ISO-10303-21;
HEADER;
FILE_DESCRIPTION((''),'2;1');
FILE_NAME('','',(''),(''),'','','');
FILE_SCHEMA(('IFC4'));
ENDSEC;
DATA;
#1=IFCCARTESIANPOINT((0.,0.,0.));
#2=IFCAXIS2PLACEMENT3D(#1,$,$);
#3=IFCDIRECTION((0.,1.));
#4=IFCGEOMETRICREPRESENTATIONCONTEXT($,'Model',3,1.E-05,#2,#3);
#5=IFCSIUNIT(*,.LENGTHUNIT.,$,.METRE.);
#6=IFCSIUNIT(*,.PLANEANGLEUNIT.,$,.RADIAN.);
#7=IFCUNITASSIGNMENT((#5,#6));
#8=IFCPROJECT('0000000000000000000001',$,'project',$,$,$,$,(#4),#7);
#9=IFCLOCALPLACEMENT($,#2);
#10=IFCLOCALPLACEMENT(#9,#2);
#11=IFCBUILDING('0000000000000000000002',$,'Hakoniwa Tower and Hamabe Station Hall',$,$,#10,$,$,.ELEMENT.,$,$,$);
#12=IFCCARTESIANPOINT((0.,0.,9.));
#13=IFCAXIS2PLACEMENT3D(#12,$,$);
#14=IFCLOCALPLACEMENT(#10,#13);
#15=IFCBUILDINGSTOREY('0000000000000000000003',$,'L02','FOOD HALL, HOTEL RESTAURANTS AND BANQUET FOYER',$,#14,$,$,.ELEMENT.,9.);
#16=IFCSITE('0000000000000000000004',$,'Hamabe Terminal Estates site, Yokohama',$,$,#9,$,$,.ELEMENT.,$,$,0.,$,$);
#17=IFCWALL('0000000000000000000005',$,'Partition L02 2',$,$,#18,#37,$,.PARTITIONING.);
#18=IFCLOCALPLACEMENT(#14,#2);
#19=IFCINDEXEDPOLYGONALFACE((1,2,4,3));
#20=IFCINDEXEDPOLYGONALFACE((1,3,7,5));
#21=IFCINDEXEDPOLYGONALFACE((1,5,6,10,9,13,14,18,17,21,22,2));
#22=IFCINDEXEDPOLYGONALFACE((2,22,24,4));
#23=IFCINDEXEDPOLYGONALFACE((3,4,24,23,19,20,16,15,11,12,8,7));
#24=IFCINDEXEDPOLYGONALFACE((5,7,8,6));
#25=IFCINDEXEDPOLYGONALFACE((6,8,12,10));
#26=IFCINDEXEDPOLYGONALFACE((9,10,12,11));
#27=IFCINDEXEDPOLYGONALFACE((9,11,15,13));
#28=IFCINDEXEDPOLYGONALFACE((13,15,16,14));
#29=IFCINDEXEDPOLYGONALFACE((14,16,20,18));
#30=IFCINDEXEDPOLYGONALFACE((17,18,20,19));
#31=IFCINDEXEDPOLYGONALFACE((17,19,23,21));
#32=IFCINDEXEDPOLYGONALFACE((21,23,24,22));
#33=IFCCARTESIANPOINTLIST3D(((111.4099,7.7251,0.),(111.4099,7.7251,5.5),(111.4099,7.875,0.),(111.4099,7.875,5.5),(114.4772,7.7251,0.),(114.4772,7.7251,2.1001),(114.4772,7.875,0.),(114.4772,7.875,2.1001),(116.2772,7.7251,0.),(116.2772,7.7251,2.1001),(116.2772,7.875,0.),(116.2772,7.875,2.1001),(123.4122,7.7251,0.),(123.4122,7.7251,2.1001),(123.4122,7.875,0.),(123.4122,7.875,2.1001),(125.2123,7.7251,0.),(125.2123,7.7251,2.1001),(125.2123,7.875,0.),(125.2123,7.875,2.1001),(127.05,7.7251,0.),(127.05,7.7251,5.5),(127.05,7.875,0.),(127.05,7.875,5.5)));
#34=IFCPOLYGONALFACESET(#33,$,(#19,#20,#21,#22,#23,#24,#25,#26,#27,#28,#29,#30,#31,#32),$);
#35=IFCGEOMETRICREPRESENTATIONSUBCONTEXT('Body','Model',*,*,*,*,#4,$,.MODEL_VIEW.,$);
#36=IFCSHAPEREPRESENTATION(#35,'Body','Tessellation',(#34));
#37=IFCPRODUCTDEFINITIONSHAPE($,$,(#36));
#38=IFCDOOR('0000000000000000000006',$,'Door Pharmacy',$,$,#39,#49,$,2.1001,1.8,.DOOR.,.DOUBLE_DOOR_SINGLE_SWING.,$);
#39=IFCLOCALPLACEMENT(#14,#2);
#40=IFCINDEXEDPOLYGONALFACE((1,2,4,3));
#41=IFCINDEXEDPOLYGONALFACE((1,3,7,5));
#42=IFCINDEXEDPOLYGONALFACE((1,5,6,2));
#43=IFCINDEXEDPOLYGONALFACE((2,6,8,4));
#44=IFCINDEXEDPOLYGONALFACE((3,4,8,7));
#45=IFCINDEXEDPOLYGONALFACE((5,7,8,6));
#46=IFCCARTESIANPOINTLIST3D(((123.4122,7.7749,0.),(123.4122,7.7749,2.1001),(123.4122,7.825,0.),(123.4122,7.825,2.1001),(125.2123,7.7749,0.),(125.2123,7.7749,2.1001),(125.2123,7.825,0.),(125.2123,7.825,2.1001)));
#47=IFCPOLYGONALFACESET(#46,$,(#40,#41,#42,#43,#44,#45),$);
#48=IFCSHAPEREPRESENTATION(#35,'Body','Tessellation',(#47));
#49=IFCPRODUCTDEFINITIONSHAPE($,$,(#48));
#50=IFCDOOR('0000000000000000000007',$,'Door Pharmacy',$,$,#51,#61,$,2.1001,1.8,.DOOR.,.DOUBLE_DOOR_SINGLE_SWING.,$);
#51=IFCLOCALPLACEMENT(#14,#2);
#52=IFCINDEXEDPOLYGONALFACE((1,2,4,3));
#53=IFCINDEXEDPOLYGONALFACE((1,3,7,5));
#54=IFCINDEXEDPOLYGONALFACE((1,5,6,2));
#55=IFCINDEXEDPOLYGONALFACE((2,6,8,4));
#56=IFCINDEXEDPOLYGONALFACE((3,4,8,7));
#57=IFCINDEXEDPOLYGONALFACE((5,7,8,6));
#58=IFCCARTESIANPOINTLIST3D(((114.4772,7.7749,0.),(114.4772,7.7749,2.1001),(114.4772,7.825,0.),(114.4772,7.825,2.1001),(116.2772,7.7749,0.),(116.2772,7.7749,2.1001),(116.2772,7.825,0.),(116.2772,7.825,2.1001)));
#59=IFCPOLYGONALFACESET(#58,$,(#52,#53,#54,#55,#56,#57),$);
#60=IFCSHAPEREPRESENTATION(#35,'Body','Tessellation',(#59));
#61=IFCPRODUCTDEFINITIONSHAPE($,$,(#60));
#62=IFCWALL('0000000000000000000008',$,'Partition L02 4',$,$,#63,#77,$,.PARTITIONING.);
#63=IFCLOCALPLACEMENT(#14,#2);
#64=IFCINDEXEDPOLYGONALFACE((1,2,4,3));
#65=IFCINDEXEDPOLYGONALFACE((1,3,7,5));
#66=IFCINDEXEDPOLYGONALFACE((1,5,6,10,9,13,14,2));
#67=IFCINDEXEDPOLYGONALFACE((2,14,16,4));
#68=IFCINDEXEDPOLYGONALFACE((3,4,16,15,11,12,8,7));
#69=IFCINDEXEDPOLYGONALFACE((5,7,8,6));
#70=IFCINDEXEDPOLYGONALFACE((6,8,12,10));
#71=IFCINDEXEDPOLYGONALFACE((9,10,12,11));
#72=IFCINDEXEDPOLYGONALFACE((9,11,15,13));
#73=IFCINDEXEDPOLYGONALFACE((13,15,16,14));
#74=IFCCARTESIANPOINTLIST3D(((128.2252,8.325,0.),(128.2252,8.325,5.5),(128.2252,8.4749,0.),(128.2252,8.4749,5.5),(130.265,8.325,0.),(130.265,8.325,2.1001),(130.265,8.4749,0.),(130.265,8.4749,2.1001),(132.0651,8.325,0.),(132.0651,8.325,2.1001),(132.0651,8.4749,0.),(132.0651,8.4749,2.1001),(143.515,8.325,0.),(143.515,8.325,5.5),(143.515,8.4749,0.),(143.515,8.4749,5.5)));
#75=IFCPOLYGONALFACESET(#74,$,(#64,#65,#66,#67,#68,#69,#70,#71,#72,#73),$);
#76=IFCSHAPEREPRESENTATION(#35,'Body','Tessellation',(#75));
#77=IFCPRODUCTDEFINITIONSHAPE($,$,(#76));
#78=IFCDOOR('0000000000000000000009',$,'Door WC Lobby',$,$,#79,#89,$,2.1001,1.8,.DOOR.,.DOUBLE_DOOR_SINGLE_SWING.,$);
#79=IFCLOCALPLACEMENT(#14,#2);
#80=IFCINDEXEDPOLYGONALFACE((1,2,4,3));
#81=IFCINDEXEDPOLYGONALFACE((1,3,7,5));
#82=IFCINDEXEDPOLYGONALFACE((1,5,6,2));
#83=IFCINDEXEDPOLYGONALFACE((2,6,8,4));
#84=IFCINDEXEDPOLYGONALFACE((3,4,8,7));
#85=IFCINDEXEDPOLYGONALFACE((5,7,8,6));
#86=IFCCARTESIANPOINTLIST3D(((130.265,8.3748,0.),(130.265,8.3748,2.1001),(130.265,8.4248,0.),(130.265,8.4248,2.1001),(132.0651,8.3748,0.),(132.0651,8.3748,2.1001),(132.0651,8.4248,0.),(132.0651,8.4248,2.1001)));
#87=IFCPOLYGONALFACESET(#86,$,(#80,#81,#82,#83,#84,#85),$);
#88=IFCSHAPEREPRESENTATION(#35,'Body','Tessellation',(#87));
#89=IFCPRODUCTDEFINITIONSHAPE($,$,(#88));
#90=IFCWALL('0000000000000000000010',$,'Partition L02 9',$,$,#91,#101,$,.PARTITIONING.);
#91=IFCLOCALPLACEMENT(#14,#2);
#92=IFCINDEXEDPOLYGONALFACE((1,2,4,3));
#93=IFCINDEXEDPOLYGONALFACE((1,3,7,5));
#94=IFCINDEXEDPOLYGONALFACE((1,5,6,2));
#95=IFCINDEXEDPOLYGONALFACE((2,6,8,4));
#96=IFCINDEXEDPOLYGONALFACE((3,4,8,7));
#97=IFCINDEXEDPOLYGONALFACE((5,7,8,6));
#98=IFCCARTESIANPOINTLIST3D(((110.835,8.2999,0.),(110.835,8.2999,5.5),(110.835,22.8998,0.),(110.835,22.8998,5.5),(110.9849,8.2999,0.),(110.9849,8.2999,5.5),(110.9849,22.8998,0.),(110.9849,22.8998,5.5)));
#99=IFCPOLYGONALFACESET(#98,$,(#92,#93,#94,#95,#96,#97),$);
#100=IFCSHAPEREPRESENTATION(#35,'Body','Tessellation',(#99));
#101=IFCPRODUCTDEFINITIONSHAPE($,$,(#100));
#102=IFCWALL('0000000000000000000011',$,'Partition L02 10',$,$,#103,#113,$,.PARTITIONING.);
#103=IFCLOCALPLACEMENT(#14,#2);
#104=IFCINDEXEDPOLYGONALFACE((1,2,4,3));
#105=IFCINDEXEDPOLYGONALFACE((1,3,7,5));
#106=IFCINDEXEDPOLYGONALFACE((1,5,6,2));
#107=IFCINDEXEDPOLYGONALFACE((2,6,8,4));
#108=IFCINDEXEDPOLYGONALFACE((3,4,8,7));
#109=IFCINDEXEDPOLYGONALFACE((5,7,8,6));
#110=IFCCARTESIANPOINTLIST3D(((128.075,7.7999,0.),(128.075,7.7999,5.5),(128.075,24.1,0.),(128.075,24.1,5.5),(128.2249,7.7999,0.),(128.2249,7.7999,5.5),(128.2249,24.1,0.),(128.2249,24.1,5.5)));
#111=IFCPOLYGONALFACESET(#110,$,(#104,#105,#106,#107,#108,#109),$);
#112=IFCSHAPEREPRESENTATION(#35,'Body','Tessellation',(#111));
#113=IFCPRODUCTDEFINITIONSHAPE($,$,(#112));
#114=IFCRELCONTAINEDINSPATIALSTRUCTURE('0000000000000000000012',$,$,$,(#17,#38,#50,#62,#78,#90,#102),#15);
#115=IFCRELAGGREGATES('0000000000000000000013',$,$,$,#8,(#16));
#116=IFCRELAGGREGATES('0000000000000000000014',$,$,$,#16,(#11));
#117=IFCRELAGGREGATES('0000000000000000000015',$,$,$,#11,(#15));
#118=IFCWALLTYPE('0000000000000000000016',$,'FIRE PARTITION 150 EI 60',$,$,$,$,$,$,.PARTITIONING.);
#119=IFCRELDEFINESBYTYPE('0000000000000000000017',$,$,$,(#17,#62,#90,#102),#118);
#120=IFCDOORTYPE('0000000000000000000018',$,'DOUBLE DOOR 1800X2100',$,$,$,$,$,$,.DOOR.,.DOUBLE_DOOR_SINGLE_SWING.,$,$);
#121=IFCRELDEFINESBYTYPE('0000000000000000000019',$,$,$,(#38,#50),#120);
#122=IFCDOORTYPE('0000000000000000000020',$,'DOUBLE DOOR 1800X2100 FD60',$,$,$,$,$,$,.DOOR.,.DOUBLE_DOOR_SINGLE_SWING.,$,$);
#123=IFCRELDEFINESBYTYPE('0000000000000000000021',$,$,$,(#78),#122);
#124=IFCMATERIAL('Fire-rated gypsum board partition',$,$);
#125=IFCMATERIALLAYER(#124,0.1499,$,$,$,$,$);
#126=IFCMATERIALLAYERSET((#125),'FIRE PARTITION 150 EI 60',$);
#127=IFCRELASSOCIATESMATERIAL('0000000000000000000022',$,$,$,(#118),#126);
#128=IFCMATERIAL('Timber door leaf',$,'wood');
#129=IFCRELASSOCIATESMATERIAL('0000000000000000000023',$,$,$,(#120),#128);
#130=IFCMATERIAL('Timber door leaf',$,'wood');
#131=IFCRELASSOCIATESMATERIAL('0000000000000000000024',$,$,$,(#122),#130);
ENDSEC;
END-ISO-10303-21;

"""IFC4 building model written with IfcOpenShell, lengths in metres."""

from ifc_helpers import new_model, si_unit, direction, frame, frame_2d, origin, place, context, subcontext, project, spatial, rectangle, extrude, material, layer, layer_set, type_object, element, fill, save


model = new_model("IFC4")

# Units and contexts
model_context = context("Model", 3, precision=1e-05, world=origin(), true_north=direction((0.0, 1.0)))
body_context = subcontext(model_context, "Body", "Model", "MODEL_VIEW")
ifc_project = project(units=[si_unit("LENGTHUNIT", "METRE"), si_unit("PLANEANGLEUNIT", "RADIAN")], contexts=[model_context])

# Site, building, storey
site_placement = place(None, origin())
site = spatial("IfcSite", under=ifc_project, at=site_placement, Name="Hamabe Terminal Estates site, Yokohama", CompositionType="ELEMENT", RefElevation=0.0)
building_placement = place(site_placement, origin())
building = spatial("IfcBuilding", under=site, at=building_placement, Name="Hakoniwa Tower and Hamabe Station Hall", CompositionType="ELEMENT")
storey_placement = place(building_placement, frame((0.0, 0.0, 9.0)))
storey = spatial("IfcBuildingStorey", under=building, at=storey_placement, Name="L02", Description="FOOD HALL, HOTEL RESTAURANTS AND BANQUET FOYER", CompositionType="ELEMENT", Elevation=9.0)

# Wall, openings, doors
ifc_material_1 = material(Name="Fire-rated gypsum board partition")
ifc_layer_1 = layer(ifc_material_1, 0.1499)
ifc_layer_set_1 = layer_set([ifc_layer_1], Name="FIRE PARTITION 150 EI 60")
wall_type = type_object("IfcWallType", Name="FIRE PARTITION 150 EI 60", PredefinedType="PARTITIONING", material=ifc_layer_set_1)
wall_1_placement = place(storey_placement, frame((111.4099, 7.8, 0.0), z_axis=(0.0, 0.0, 1.0), x_axis=(1.0, 0.0, 0.0)))
wall_1 = element("IfcWall", 1, at=wall_1_placement, inside=storey, type_object=wall_type, Name="Partition L02 2", PredefinedType="PARTITIONING", context=body_context, shape_type="SweptSolid", body=[
    extrude(rectangle(XDim=15.6401, YDim=0.1499, at=frame_2d((7.8201, 0.0))), origin(), (0.0, 0.0, 1.0), 5.5),
])
opening_1_placement = place(wall_1_placement, frame((12.0024, 0.0, 0.0)))
opening_1 = element("IfcOpeningElement", 2, at=opening_1_placement, cuts=wall_1, PredefinedType="OPENING", context=body_context, shape_type="SweptSolid", body=[
    extrude(rectangle(XDim=1.8, YDim=2.1001, at=frame_2d((0.8999, 1.05))), frame((0.0, 0.085, 0.0), z_axis=(0.0, -1.0, 0.0), x_axis=(1.0, 0.0, 0.0)), (0.0, 0.0, 1.0), 0.1699),
])
opening_2_placement = place(wall_1_placement, frame((3.0674, 0.0, 0.0)))
opening_2 = element("IfcOpeningElement", 3, at=opening_2_placement, cuts=wall_1, PredefinedType="OPENING", context=body_context, shape_type="SweptSolid", body=[
    extrude(rectangle(XDim=1.8, YDim=2.1001, at=frame_2d((0.8999, 1.05))), frame((0.0, 0.085, 0.0), z_axis=(0.0, -1.0, 0.0), x_axis=(1.0, 0.0, 0.0)), (0.0, 0.0, 1.0), 0.1699),
])
ifc_material_2 = material(Name="Timber door leaf", Category="wood")
door_type_1 = type_object("IfcDoorType", Name="DOUBLE DOOR 1800X2100", OperationType="DOUBLE_DOOR_SINGLE_SWING", PredefinedType="DOOR", material=ifc_material_2)
door_1_placement = place(opening_1_placement, origin())
door_1 = element("IfcDoor", 4, at=door_1_placement, inside=storey, type_object=door_type_1, Name="Door Pharmacy", OperationType="DOUBLE_DOOR_SINGLE_SWING", OverallHeight=2.1001, OverallWidth=1.8, PredefinedType="DOOR", context=body_context, shape_type="SweptSolid", body=[
    extrude(rectangle(XDim=1.8, YDim=2.1001, at=frame_2d((0.8999, 1.05))), frame((0.0, 0.0249, 0.0), z_axis=(0.0, -1.0, 0.0), x_axis=(1.0, 0.0, 0.0)), (0.0, 0.0, 1.0), 0.05),
])
fill(opening_1, door_1)
door_2_placement = place(opening_2_placement, origin())
door_2 = element("IfcDoor", 5, at=door_2_placement, inside=storey, type_object=door_type_1, Name="Door Pharmacy", OperationType="DOUBLE_DOOR_SINGLE_SWING", OverallHeight=2.1001, OverallWidth=1.8, PredefinedType="DOOR", context=body_context, shape_type="SweptSolid", body=[
    extrude(rectangle(XDim=1.8, YDim=2.1001, at=frame_2d((0.8999, 1.05))), frame((0.0, 0.0249, 0.0), z_axis=(0.0, -1.0, 0.0), x_axis=(1.0, 0.0, 0.0)), (0.0, 0.0, 1.0), 0.05),
])
fill(opening_2, door_2)

# Wall, opening, door
wall_2_placement = place(storey_placement, frame((128.2251, 8.3999, 0.0), z_axis=(0.0, 0.0, 1.0), x_axis=(1.0, 0.0, 0.0)))
wall_2 = element("IfcWall", 6, at=wall_2_placement, inside=storey, type_object=wall_type, Name="Partition L02 4", PredefinedType="PARTITIONING", context=body_context, shape_type="SweptSolid", body=[
    extrude(rectangle(XDim=15.2898, YDim=0.1499, at=frame_2d((7.645, 0.0))), origin(), (0.0, 0.0, 1.0), 5.5),
])
opening_3_placement = place(wall_2_placement, frame((2.04, 0.0, 0.0)))
opening_3 = element("IfcOpeningElement", 7, at=opening_3_placement, cuts=wall_2, PredefinedType="OPENING", context=body_context, shape_type="SweptSolid", body=[
    extrude(rectangle(XDim=1.8, YDim=2.1001, at=frame_2d((0.8999, 1.05))), frame((0.0, 0.085, 0.0), z_axis=(0.0, -1.0, 0.0), x_axis=(1.0, 0.0, 0.0)), (0.0, 0.0, 1.0), 0.1699),
])
ifc_material_3 = material(Name="Timber door leaf", Category="wood")
door_type_2 = type_object("IfcDoorType", Name="DOUBLE DOOR 1800X2100 FD60", OperationType="DOUBLE_DOOR_SINGLE_SWING", PredefinedType="DOOR", material=ifc_material_3)
door_3_placement = place(opening_3_placement, origin())
door_3 = element("IfcDoor", 8, at=door_3_placement, inside=storey, type_object=door_type_2, Name="Door WC Lobby", OperationType="DOUBLE_DOOR_SINGLE_SWING", OverallHeight=2.1001, OverallWidth=1.8, PredefinedType="DOOR", context=body_context, shape_type="SweptSolid", body=[
    extrude(rectangle(XDim=1.8, YDim=2.1001, at=frame_2d((0.8999, 1.05))), frame((0.0, 0.0249, 0.0), z_axis=(0.0, -1.0, 0.0), x_axis=(1.0, 0.0, 0.0)), (0.0, 0.0, 1.0), 0.05),
])
fill(opening_3, door_3)

# Walls
wall_3_placement = place(storey_placement, frame((110.9099, 8.3, 0.0), z_axis=(0.0, 0.0, 1.0), x_axis=(0.0, 1.0, 0.0)))
element("IfcWall", 9, at=wall_3_placement, inside=storey, type_object=wall_type, Name="Partition L02 9", PredefinedType="PARTITIONING", context=body_context, shape_type="SweptSolid", body=[
    extrude(rectangle(XDim=14.5999, YDim=0.1499, at=frame_2d((7.2998, 0.0))), origin(), (0.0, 0.0, 1.0), 5.5),
])
wall_4_placement = place(storey_placement, frame((128.1499, 7.8, 0.0), z_axis=(0.0, 0.0, 1.0), x_axis=(0.0, 1.0, 0.0)))
element("IfcWall", 10, at=wall_4_placement, inside=storey, type_object=wall_type, Name="Partition L02 10", PredefinedType="PARTITIONING", context=body_context, shape_type="SweptSolid", body=[
    extrude(rectangle(XDim=16.3, YDim=0.1499, at=frame_2d((8.1499, 0.0))), origin(), (0.0, 0.0, 1.0), 5.5),
])

save(model, "model.ifc")
